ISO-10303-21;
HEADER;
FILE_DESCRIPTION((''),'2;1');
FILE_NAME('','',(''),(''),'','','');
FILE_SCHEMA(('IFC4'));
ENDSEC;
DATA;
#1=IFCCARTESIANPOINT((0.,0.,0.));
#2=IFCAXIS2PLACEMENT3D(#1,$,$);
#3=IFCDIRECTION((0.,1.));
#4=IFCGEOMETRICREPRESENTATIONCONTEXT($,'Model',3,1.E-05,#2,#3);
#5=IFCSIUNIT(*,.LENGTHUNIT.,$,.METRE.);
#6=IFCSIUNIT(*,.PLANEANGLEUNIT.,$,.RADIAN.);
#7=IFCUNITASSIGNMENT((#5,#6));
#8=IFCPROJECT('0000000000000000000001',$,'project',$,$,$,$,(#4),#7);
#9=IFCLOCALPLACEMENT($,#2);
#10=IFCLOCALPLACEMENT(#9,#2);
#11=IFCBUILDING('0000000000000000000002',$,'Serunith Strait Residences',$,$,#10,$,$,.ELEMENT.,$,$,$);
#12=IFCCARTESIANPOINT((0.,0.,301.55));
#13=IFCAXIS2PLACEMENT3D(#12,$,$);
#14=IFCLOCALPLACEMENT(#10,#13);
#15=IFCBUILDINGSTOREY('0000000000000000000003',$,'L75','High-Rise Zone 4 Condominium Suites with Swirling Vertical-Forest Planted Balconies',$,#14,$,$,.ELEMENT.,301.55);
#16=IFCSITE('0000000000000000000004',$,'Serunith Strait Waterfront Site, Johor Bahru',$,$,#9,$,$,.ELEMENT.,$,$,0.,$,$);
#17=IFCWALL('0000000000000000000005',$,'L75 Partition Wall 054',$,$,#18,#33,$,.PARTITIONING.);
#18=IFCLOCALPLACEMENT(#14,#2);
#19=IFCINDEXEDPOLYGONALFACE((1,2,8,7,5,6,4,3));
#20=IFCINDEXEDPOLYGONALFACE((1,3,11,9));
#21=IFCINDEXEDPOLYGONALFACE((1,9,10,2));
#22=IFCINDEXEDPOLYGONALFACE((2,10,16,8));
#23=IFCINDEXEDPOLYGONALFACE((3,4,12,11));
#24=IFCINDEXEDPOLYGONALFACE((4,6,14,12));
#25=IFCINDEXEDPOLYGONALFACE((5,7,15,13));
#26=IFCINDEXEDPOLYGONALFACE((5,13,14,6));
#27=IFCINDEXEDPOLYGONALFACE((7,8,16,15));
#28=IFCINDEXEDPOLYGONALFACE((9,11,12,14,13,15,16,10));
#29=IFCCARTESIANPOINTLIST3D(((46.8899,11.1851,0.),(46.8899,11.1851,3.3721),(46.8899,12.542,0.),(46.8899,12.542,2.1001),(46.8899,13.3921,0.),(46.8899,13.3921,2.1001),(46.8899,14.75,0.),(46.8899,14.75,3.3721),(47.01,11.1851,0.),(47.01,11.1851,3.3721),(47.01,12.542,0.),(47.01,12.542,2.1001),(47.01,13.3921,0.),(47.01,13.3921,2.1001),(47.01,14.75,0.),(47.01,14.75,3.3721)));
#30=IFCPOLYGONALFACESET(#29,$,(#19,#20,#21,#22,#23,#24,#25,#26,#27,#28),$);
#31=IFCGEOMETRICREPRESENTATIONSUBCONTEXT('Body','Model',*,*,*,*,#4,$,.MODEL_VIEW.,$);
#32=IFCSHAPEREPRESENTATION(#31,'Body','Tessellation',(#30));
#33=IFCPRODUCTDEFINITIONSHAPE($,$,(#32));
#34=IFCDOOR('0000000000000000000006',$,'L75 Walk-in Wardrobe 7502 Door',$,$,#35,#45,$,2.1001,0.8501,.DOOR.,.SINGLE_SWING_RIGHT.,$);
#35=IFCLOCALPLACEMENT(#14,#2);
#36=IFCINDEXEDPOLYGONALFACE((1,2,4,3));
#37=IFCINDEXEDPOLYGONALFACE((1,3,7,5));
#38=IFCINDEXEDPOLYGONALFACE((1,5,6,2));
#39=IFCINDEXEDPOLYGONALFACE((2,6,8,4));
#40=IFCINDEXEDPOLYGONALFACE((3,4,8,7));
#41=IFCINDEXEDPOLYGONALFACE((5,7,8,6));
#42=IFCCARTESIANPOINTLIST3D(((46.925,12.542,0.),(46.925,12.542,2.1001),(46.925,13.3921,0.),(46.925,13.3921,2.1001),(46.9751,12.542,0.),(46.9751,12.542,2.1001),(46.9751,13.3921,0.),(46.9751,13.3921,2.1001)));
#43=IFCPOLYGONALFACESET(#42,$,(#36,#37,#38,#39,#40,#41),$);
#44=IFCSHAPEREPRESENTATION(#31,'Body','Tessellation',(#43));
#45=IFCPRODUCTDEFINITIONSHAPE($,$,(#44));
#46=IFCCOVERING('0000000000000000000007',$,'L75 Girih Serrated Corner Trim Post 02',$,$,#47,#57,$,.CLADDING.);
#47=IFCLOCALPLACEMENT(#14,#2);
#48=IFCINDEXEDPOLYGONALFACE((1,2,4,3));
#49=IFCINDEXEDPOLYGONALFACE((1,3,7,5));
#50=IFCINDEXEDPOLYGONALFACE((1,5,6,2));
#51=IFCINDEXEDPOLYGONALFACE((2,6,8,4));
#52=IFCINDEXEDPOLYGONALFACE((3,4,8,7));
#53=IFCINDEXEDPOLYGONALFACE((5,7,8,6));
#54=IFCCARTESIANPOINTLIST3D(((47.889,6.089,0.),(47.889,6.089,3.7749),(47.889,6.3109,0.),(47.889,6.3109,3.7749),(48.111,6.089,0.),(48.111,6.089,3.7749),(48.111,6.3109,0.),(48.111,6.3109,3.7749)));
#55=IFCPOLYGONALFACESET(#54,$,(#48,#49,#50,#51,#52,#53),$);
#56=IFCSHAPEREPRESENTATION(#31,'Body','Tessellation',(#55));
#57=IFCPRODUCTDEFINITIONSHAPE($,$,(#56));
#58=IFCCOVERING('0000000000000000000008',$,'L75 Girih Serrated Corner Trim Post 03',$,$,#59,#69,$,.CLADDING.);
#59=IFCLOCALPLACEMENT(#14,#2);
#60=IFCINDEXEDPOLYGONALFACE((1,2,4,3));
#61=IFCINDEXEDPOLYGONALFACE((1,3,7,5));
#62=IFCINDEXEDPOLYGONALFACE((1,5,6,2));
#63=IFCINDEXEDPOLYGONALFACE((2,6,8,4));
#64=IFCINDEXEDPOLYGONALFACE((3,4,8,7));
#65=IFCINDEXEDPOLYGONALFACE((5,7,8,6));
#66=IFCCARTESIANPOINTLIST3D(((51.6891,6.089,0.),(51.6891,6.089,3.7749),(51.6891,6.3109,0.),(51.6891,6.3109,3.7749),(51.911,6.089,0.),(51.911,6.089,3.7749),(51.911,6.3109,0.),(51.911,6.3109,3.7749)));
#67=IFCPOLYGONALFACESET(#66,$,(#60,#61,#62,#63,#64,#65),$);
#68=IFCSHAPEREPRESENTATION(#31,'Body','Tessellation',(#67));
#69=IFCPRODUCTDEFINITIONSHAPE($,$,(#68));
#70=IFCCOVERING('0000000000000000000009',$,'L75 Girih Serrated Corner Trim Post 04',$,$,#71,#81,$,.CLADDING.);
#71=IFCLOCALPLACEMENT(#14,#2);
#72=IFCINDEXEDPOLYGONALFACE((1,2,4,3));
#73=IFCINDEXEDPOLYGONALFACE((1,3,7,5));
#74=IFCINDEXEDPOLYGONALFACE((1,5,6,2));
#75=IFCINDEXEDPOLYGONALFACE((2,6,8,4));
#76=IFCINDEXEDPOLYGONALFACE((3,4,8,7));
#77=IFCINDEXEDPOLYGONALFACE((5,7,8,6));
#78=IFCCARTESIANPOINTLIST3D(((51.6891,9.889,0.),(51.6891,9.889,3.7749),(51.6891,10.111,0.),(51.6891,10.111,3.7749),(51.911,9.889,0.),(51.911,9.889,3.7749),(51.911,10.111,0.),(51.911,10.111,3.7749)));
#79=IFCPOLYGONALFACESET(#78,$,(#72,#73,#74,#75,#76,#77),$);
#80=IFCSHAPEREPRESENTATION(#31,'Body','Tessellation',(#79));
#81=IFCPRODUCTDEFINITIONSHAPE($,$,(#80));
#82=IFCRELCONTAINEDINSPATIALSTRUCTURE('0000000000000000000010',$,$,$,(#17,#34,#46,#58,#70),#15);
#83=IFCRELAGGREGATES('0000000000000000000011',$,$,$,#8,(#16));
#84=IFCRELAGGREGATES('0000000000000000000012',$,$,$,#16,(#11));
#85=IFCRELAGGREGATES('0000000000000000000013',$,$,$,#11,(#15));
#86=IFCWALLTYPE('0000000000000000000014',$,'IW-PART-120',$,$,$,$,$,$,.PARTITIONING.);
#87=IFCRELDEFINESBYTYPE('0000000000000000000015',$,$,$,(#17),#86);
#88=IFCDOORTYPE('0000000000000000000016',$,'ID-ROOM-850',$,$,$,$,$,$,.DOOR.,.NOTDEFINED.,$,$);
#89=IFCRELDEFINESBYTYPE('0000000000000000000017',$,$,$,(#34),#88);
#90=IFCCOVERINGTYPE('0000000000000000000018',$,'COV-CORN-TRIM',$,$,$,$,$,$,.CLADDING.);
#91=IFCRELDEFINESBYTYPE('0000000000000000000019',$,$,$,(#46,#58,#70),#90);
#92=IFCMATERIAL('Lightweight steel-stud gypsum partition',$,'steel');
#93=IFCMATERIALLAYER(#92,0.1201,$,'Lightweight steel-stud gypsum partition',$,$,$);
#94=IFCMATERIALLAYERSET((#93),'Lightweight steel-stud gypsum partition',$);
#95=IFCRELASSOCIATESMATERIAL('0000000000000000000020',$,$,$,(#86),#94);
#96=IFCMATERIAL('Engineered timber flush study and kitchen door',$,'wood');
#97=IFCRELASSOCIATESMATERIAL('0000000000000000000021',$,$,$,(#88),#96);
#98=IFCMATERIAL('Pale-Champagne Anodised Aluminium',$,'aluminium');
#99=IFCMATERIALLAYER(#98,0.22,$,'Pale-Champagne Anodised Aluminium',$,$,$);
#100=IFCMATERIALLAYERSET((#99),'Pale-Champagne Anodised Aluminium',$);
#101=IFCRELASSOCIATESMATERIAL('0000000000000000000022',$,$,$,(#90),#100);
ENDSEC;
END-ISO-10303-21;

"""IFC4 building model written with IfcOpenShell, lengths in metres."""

from ifc_helpers import new_model, si_unit, direction, frame, frame_2d, origin, origin_2d, place, context, subcontext, project, spatial, rectangle, extrude, source, transform, mapped, material, layer, layer_set, type_object, element, fill, save


model = new_model("IFC4")

# Units and contexts
model_context = context("Model", 3, precision=1e-05, world=origin(), true_north=direction((0.0, 1.0)))
body_context = subcontext(model_context, "Body", "Model", "MODEL_VIEW")
ifc_project = project(units=[si_unit("LENGTHUNIT", "METRE"), si_unit("PLANEANGLEUNIT", "RADIAN")], contexts=[model_context])

# Site, building, storey
site_placement = place(None, origin())
site = spatial("IfcSite", under=ifc_project, at=site_placement, Name="Serunith Strait Waterfront Site, Johor Bahru", CompositionType="ELEMENT", RefElevation=0.0)
building_placement = place(site_placement, origin())
building = spatial("IfcBuilding", under=site, at=building_placement, Name="Serunith Strait Residences", CompositionType="ELEMENT")
storey_placement = place(building_placement, frame((0.0, 0.0, 301.55)))
storey = spatial("IfcBuildingStorey", under=building, at=storey_placement, Name="L75", Description="High-Rise Zone 4 Condominium Suites with Swirling Vertical-Forest Planted Balconies", CompositionType="ELEMENT", Elevation=301.55)

# Shared definitions
ifc_material_1 = material(Name="Lightweight steel-stud gypsum partition", Category="steel")
ifc_layer_1 = layer(ifc_material_1, 0.1201, Name="Lightweight steel-stud gypsum partition")
ifc_layer_set_1 = layer_set([ifc_layer_1], Name="Lightweight steel-stud gypsum partition")
wall_type_1 = type_object("IfcWallType", Name="IW-PART-120", PredefinedType="PARTITIONING", material=ifc_layer_set_1)

# Wall, opening, door
wall_1_placement = place(storey_placement, frame((46.95, 11.1851, 0.0), z_axis=(0.0, 0.0, 1.0), x_axis=(0.0, 1.0, 0.0)))
wall_1 = element("IfcWall", 1, at=wall_1_placement, inside=storey, type_object=wall_type_1, Name="L75 Partition Wall 054", PredefinedType="PARTITIONING", context=body_context, shape_type="SweptSolid", body=[
    extrude(rectangle(XDim=3.5649, YDim=0.1201, at=frame_2d((1.7825, 0.0))), origin(), (0.0, 0.0, 1.0), 3.3721),
])
opening_1_placement = place(wall_1_placement, frame((1.3569, 0.0, 0.0)))
opening_1 = element("IfcOpeningElement", 2, at=opening_1_placement, cuts=wall_1, PredefinedType="OPENING", context=body_context, shape_type="SweptSolid", body=[
    extrude(rectangle(XDim=0.8501, YDim=2.1001, at=frame_2d((0.425, 1.05))), frame((0.0, 0.0701, 0.0), z_axis=(0.0, -1.0, 0.0), x_axis=(1.0, 0.0, 0.0)), (0.0, 0.0, 1.0), 0.1401),
])
ifc_material_2 = material(Name="Engineered timber flush study and kitchen door", Category="wood")
door_type_1 = type_object("IfcDoorType", Name="ID-ROOM-850", OperationType="NOTDEFINED", PredefinedType="DOOR", material=ifc_material_2)
shared_shape_1 = source(origin(), body_context, "Body", "SweptSolid", [
    extrude(rectangle(XDim=0.8501, YDim=2.1001, at=frame_2d((0.425, 1.05))), frame((0.0, 0.0249, 0.0), z_axis=(0.0, -1.0, 0.0), x_axis=(1.0, 0.0, 0.0)), (0.0, 0.0, 1.0), 0.05),
])
door_1_placement = place(opening_1_placement, origin())
door_1 = element("IfcDoor", 3, at=door_1_placement, inside=storey, type_object=door_type_1, Name="L75 Walk-in Wardrobe 7502 Door", OperationType="SINGLE_SWING_RIGHT", OverallHeight=2.1001, OverallWidth=0.8501, PredefinedType="DOOR", context=body_context, shape_type="MappedRepresentation", body=[
    mapped(shared_shape_1, transform((0.0, 0.0, 0.0), scale=1.0)),
])
fill(opening_1, door_1)

# Coverings
ifc_material_3 = material(Name="Pale-Champagne Anodised Aluminium", Category="aluminium")
ifc_layer_2 = layer(ifc_material_3, 0.22, Name="Pale-Champagne Anodised Aluminium")
ifc_layer_set_2 = layer_set([ifc_layer_2], Name="Pale-Champagne Anodised Aluminium")
covering_type = type_object("IfcCoveringType", Name="COV-CORN-TRIM", PredefinedType="CLADDING", material=ifc_layer_set_2)
shared_shape_2 = source(origin(), body_context, "Body", "SweptSolid", [
    extrude(rectangle(XDim=0.2219, YDim=0.2219, at=origin_2d()), origin(), (0.0, 0.0, 1.0), 3.7749),
])
for number, where, z_axis, x_axis, name in (
    (4, (48.0, 6.2, 0.0), (0.0, 0.0, 1.0), (1.0, 0.0, 0.0), "L75 Girih Serrated Corner Trim Post 02"),
    (5, (51.8, 6.2, 0.0), (0.0, 0.0, 1.0), (1.0, 0.0, 0.0), "L75 Girih Serrated Corner Trim Post 03"),
    (6, (51.8, 10.0, 0.0), (0.0, 0.0, 1.0), (1.0, 0.0, 0.0), "L75 Girih Serrated Corner Trim Post 04"),
):
    element("IfcCovering", number, at=place(storey_placement, frame(where, z_axis=z_axis, x_axis=x_axis)), inside=storey, type_object=covering_type, Name=name, PredefinedType="CLADDING", context=body_context, shape_type="MappedRepresentation", body=[
        mapped(shared_shape_2, transform((0.0, 0.0, 0.0), scale=1.0)),
    ])

save(model, "model.ifc")
